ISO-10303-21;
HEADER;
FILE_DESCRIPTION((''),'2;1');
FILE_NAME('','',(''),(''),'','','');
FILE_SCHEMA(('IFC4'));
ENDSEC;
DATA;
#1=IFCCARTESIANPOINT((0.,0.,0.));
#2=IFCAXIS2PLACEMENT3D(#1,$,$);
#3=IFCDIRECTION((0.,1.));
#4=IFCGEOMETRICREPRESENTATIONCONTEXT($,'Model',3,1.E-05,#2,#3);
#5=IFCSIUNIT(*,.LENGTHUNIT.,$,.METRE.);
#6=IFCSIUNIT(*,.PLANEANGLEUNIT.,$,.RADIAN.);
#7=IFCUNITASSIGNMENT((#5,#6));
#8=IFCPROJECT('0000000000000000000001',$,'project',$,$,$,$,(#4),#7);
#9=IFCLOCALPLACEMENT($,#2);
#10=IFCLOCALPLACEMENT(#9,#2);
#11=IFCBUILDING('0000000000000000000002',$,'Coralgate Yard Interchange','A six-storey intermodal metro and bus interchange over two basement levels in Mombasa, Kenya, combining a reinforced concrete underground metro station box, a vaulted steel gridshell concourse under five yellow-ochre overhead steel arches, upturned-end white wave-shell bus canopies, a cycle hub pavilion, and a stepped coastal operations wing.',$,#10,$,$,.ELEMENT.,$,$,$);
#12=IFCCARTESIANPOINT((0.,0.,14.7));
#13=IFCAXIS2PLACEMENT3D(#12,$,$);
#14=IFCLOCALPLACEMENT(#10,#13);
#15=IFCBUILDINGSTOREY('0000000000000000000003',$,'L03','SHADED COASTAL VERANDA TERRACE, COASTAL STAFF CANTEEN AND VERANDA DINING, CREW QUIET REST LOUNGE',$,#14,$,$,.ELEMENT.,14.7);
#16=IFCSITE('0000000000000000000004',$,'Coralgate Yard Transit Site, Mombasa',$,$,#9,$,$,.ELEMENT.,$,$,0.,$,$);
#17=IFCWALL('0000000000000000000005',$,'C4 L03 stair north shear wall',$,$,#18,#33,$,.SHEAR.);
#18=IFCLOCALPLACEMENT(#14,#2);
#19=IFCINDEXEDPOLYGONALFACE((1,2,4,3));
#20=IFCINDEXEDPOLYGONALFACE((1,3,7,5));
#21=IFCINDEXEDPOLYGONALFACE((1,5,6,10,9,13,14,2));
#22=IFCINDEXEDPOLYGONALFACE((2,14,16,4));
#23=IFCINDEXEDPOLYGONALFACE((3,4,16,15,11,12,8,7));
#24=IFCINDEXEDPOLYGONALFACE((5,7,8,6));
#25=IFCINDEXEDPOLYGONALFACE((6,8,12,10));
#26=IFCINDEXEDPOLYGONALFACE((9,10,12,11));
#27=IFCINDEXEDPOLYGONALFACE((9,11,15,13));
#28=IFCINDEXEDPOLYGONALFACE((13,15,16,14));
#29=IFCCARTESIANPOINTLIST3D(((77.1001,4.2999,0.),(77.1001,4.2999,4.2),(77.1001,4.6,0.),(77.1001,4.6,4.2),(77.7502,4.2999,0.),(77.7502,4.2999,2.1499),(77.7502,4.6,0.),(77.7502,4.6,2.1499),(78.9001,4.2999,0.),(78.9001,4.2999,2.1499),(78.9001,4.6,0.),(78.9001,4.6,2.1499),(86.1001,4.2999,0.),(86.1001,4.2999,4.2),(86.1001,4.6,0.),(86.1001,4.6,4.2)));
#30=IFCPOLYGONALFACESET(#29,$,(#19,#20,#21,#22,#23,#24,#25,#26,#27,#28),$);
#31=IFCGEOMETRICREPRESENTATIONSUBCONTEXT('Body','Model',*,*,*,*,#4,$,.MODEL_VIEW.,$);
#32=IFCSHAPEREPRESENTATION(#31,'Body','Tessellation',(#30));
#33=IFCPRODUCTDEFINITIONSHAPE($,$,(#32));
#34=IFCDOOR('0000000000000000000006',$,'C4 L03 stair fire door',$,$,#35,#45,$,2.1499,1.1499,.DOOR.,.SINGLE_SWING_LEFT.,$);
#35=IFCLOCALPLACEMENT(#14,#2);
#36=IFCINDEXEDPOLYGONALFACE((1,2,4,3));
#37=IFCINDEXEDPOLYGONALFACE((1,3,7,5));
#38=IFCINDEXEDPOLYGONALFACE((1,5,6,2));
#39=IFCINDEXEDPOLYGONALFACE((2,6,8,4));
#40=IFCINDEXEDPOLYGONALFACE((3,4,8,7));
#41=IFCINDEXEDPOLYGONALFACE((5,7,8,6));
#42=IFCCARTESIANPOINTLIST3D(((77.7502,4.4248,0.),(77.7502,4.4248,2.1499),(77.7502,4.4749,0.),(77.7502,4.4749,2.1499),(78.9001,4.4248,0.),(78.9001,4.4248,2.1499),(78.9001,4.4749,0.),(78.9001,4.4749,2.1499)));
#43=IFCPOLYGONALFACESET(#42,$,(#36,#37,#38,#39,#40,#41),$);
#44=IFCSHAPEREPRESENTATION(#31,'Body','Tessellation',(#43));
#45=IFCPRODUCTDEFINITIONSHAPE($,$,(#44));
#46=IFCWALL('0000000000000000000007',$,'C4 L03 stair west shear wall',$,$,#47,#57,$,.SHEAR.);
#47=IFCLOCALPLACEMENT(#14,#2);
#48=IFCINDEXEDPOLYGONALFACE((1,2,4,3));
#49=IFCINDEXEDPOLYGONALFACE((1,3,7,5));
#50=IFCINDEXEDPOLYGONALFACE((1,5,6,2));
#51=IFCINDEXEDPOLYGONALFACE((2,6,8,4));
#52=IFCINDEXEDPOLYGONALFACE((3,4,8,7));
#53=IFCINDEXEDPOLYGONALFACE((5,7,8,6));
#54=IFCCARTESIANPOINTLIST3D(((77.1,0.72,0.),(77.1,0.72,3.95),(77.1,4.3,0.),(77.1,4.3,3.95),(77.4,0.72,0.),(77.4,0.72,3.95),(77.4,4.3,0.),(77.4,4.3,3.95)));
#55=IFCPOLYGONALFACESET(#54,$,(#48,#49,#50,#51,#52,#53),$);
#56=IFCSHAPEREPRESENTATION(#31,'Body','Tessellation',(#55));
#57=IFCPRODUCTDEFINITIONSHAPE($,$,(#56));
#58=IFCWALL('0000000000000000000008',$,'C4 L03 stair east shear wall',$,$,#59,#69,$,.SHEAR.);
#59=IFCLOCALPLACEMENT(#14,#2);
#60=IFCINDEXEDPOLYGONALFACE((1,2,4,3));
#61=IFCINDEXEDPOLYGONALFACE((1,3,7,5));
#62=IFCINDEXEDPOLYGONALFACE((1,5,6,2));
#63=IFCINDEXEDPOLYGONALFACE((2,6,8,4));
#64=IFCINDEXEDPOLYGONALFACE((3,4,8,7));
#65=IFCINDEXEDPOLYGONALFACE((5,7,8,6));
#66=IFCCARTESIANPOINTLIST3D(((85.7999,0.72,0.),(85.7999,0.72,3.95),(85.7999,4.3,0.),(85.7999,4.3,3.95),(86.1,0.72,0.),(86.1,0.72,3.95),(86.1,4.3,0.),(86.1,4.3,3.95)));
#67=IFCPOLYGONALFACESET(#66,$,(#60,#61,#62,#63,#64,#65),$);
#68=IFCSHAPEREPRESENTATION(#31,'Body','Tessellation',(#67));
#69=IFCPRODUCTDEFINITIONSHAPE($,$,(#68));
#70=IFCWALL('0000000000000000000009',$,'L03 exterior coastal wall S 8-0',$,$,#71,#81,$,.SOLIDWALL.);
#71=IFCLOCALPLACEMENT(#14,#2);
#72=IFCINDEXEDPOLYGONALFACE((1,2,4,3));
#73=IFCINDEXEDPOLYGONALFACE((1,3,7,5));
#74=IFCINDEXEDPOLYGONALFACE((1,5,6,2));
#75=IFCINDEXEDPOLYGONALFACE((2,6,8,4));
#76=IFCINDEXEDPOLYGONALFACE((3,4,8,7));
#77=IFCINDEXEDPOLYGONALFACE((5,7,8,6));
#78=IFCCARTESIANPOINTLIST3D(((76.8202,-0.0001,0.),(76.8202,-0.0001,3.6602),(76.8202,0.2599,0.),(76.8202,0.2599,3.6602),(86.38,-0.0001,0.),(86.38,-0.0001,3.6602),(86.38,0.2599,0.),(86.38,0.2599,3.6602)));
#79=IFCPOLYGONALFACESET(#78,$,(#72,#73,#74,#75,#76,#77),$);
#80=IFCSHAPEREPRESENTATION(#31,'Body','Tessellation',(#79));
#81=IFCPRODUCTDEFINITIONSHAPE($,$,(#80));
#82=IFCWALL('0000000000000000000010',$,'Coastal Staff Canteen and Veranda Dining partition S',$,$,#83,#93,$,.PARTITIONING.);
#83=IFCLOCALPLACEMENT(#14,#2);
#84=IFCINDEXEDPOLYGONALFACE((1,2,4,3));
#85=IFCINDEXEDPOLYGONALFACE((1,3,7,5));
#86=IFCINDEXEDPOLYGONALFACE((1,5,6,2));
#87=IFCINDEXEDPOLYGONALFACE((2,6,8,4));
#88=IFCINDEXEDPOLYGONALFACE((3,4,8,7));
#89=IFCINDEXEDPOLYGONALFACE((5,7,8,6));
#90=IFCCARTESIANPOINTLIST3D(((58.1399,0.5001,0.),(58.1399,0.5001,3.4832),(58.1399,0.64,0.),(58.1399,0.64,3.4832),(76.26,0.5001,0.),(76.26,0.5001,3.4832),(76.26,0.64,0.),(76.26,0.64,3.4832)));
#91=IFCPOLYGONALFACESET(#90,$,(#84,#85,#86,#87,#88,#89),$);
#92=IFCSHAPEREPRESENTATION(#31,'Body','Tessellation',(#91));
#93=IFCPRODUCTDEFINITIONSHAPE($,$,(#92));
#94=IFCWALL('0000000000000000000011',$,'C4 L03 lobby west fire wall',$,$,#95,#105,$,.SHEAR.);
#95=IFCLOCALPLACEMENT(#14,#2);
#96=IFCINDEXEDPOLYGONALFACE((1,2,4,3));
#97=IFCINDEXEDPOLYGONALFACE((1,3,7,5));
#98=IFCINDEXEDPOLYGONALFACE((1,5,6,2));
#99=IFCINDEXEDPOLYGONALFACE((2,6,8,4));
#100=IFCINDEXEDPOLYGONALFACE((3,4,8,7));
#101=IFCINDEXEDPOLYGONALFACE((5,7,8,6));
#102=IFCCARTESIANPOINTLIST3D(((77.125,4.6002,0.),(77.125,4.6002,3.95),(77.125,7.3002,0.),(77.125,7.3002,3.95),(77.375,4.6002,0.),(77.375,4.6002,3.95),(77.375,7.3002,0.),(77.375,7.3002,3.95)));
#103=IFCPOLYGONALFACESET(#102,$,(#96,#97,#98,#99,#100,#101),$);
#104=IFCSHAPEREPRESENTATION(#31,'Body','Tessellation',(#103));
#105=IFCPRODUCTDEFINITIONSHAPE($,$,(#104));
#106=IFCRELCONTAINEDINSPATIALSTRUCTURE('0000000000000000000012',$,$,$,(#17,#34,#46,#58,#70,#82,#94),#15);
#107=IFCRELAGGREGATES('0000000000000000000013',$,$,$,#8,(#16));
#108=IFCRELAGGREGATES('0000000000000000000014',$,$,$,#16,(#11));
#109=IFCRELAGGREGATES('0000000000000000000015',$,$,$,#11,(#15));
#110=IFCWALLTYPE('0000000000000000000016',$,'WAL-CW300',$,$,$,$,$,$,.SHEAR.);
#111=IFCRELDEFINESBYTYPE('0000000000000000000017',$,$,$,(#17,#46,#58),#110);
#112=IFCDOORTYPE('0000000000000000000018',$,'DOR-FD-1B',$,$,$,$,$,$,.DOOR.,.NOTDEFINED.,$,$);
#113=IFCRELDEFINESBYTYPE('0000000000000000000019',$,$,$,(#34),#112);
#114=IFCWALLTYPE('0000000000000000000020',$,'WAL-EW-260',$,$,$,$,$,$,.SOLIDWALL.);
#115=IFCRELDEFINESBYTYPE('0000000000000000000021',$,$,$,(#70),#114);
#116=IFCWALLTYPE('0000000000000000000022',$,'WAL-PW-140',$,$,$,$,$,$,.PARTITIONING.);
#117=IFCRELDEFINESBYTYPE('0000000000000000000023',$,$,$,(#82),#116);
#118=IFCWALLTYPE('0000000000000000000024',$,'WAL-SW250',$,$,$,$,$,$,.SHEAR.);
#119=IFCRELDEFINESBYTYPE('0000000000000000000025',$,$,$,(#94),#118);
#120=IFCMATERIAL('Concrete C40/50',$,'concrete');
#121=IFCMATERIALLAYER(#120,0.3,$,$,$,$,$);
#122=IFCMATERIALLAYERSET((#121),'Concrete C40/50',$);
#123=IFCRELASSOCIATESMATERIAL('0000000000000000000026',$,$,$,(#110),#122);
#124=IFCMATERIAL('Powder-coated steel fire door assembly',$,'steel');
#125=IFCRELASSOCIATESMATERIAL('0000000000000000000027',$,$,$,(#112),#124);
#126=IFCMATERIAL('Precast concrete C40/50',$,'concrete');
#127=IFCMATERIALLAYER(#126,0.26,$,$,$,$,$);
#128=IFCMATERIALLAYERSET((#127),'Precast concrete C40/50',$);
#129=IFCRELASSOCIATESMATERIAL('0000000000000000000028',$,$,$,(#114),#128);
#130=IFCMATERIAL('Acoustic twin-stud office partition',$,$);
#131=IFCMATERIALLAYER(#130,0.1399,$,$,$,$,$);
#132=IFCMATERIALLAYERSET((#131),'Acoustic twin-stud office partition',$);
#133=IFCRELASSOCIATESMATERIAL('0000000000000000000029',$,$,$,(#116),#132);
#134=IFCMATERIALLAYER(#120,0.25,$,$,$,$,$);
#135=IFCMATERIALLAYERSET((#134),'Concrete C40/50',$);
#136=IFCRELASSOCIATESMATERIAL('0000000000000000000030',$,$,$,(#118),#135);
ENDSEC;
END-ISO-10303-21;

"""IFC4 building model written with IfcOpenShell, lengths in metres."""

from ifc_helpers import new_model, si_unit, direction, frame, frame_2d, origin, place, context, subcontext, project, spatial, rectangle, extrude, material, layer, layer_set, type_object, element, fill, save


model = new_model("IFC4")

# Units and contexts
model_context = context("Model", 3, precision=1e-05, world=origin(), true_north=direction((0.0, 1.0)))
body_context = subcontext(model_context, "Body", "Model", "MODEL_VIEW")
ifc_project = project(units=[si_unit("LENGTHUNIT", "METRE"), si_unit("PLANEANGLEUNIT", "RADIAN")], contexts=[model_context])

# Site, building, storey
site_placement = place(None, origin())
site = spatial("IfcSite", under=ifc_project, at=site_placement, Name="Coralgate Yard Transit Site, Mombasa", CompositionType="ELEMENT", RefElevation=0.0)
building_placement = place(site_placement, origin())
building = spatial("IfcBuilding", under=site, at=building_placement, Name="Coralgate Yard Interchange", Description="A six-storey intermodal metro and bus interchange over two basement levels in Mombasa, Kenya, combining a reinforced concrete underground metro station box, a vaulted steel gridshell concourse under five yellow-ochre overhead steel arches, upturned-end white wave-shell bus canopies, a cycle hub pavilion, and a stepped coastal operations wing.", CompositionType="ELEMENT")
storey_placement = place(building_placement, frame((0.0, 0.0, 14.7)))
storey = spatial("IfcBuildingStorey", under=building, at=storey_placement, Name="L03", Description="SHADED COASTAL VERANDA TERRACE, COASTAL STAFF CANTEEN AND VERANDA DINING, CREW QUIET REST LOUNGE", CompositionType="ELEMENT", Elevation=14.7)

# Shared definitions
ifc_material_1 = material(Name="Concrete C40/50", Category="concrete")
ifc_layer_1 = layer(ifc_material_1, 0.3)
ifc_layer_set_1 = layer_set([ifc_layer_1], Name="Concrete C40/50")
wall_type_1 = type_object("IfcWallType", Name="WAL-CW300", PredefinedType="SHEAR", material=ifc_layer_set_1)

# Wall, opening, door
wall_1_placement = place(storey_placement, frame((86.1001, 4.45, 0.0), z_axis=(0.0, 0.0, 1.0), x_axis=(-1.0, 0.0, 0.0)))
wall_1 = element("IfcWall", 1, at=wall_1_placement, inside=storey, type_object=wall_type_1, Name="C4 L03 stair north shear wall", PredefinedType="SHEAR", context=body_context, shape_type="SweptSolid", body=[
    extrude(rectangle(XDim=9.0, YDim=0.3, at=frame_2d((4.5, 0.0))), origin(), (0.0, 0.0, 1.0), 4.2),
])
opening_placement = place(wall_1_placement, frame((7.2, 0.0, 0.0)))
opening = element("IfcOpeningElement", 2, at=opening_placement, cuts=wall_1, PredefinedType="OPENING", context=body_context, shape_type="SweptSolid", body=[
    extrude(rectangle(XDim=1.1499, YDim=2.1499, at=frame_2d((0.575, 1.075))), frame((0.0, 0.1599, 0.0), z_axis=(0.0, -1.0, 0.0), x_axis=(1.0, 0.0, 0.0)), (0.0, 0.0, 1.0), 0.3201),
])
ifc_material_2 = material(Name="Powder-coated steel fire door assembly", Category="steel")
door_type = type_object("IfcDoorType", Name="DOR-FD-1B", OperationType="NOTDEFINED", PredefinedType="DOOR", material=ifc_material_2)
door_placement = place(opening_placement, frame((1.1499, 0.0, 0.0), z_axis=(0.0, 0.0, 1.0), x_axis=(-1.0, 0.0, 0.0)))
door = element("IfcDoor", 3, at=door_placement, inside=storey, type_object=door_type, Name="C4 L03 stair fire door", OperationType="SINGLE_SWING_LEFT", OverallHeight=2.1499, OverallWidth=1.1499, PredefinedType="DOOR", context=body_context, shape_type="SweptSolid", body=[
    extrude(rectangle(XDim=1.1499, YDim=2.1499, at=frame_2d((0.575, 1.075))), frame((0.0, 0.0249, 0.0), z_axis=(0.0, -1.0, 0.0), x_axis=(1.0, 0.0, 0.0)), (0.0, 0.0, 1.0), 0.05),
])
fill(opening, door)

# Walls
for number, where, z_axis, x_axis, name in (
    (4, (77.25, 0.72, 0.0), (0.0, 0.0, 1.0), (0.0, 1.0, 0.0), "C4 L03 stair west shear wall"),
    (5, (85.95, 4.3, 0.0), (0.0, 0.0, 1.0), (0.0, -1.0, 0.0), "C4 L03 stair east shear wall"),
):
    element("IfcWall", number, at=place(storey_placement, frame(where, z_axis=z_axis, x_axis=x_axis)), inside=storey, type_object=wall_type_1, Name=name, PredefinedType="SHEAR", context=body_context, shape_type="SweptSolid", body=[
        extrude(rectangle(XDim=3.5801, YDim=0.3, at=frame_2d((1.79, 0.0))), origin(), (0.0, 0.0, 1.0), 3.95),
    ])
ifc_material_3 = material(Name="Precast concrete C40/50", Category="concrete")
ifc_layer_2 = layer(ifc_material_3, 0.26)
ifc_layer_set_2 = layer_set([ifc_layer_2], Name="Precast concrete C40/50")
wall_type_2 = type_object("IfcWallType", Name="WAL-EW-260", PredefinedType="SOLIDWALL", material=ifc_layer_set_2)
wall_2_placement = place(storey_placement, frame((86.3799, 0.1299, 0.0), z_axis=(0.0, 0.0, 1.0), x_axis=(-1.0, 0.0, 0.0)))
element("IfcWall", 6, at=wall_2_placement, inside=storey, type_object=wall_type_2, Name="L03 exterior coastal wall S 8-0", PredefinedType="SOLIDWALL", context=body_context, shape_type="SweptSolid", body=[
    extrude(rectangle(XDim=9.5598, YDim=0.26, at=frame_2d((4.7798, 0.0))), origin(), (0.0, 0.0, 1.0), 3.6602),
])
ifc_material_4 = material(Name="Acoustic twin-stud office partition")
ifc_layer_3 = layer(ifc_material_4, 0.1399)
ifc_layer_set_3 = layer_set([ifc_layer_3], Name="Acoustic twin-stud office partition")
wall_type_3 = type_object("IfcWallType", Name="WAL-PW-140", PredefinedType="PARTITIONING", material=ifc_layer_set_3)
wall_3_placement = place(storey_placement, frame((76.26, 0.5701, 0.0), z_axis=(0.0, 0.0, 1.0), x_axis=(-1.0, 0.0, 0.0)))
element("IfcWall", 7, at=wall_3_placement, inside=storey, type_object=wall_type_3, Name="Coastal Staff Canteen and Veranda Dining partition S", PredefinedType="PARTITIONING", context=body_context, shape_type="SweptSolid", body=[
    extrude(rectangle(XDim=18.1201, YDim=0.1399, at=frame_2d((9.0601, 0.0))), origin(), (0.0, 0.0, 1.0), 3.4832),
])
ifc_layer_4 = layer(ifc_material_1, 0.25)
ifc_layer_set_4 = layer_set([ifc_layer_4], Name="Concrete C40/50")
wall_type_4 = type_object("IfcWallType", Name="WAL-SW250", PredefinedType="SHEAR", material=ifc_layer_set_4)
wall_4_placement = place(storey_placement, frame((77.25, 4.6001, 0.0), z_axis=(0.0, 0.0, 1.0), x_axis=(0.0, 1.0, 0.0)))
element("IfcWall", 8, at=wall_4_placement, inside=storey, type_object=wall_type_4, Name="C4 L03 lobby west fire wall", PredefinedType="SHEAR", context=body_context, shape_type="SweptSolid", body=[
    extrude(rectangle(XDim=2.7, YDim=0.25, at=frame_2d((1.3501, 0.0))), origin(), (0.0, 0.0, 1.0), 3.95),
])

save(model, "model.ifc")
